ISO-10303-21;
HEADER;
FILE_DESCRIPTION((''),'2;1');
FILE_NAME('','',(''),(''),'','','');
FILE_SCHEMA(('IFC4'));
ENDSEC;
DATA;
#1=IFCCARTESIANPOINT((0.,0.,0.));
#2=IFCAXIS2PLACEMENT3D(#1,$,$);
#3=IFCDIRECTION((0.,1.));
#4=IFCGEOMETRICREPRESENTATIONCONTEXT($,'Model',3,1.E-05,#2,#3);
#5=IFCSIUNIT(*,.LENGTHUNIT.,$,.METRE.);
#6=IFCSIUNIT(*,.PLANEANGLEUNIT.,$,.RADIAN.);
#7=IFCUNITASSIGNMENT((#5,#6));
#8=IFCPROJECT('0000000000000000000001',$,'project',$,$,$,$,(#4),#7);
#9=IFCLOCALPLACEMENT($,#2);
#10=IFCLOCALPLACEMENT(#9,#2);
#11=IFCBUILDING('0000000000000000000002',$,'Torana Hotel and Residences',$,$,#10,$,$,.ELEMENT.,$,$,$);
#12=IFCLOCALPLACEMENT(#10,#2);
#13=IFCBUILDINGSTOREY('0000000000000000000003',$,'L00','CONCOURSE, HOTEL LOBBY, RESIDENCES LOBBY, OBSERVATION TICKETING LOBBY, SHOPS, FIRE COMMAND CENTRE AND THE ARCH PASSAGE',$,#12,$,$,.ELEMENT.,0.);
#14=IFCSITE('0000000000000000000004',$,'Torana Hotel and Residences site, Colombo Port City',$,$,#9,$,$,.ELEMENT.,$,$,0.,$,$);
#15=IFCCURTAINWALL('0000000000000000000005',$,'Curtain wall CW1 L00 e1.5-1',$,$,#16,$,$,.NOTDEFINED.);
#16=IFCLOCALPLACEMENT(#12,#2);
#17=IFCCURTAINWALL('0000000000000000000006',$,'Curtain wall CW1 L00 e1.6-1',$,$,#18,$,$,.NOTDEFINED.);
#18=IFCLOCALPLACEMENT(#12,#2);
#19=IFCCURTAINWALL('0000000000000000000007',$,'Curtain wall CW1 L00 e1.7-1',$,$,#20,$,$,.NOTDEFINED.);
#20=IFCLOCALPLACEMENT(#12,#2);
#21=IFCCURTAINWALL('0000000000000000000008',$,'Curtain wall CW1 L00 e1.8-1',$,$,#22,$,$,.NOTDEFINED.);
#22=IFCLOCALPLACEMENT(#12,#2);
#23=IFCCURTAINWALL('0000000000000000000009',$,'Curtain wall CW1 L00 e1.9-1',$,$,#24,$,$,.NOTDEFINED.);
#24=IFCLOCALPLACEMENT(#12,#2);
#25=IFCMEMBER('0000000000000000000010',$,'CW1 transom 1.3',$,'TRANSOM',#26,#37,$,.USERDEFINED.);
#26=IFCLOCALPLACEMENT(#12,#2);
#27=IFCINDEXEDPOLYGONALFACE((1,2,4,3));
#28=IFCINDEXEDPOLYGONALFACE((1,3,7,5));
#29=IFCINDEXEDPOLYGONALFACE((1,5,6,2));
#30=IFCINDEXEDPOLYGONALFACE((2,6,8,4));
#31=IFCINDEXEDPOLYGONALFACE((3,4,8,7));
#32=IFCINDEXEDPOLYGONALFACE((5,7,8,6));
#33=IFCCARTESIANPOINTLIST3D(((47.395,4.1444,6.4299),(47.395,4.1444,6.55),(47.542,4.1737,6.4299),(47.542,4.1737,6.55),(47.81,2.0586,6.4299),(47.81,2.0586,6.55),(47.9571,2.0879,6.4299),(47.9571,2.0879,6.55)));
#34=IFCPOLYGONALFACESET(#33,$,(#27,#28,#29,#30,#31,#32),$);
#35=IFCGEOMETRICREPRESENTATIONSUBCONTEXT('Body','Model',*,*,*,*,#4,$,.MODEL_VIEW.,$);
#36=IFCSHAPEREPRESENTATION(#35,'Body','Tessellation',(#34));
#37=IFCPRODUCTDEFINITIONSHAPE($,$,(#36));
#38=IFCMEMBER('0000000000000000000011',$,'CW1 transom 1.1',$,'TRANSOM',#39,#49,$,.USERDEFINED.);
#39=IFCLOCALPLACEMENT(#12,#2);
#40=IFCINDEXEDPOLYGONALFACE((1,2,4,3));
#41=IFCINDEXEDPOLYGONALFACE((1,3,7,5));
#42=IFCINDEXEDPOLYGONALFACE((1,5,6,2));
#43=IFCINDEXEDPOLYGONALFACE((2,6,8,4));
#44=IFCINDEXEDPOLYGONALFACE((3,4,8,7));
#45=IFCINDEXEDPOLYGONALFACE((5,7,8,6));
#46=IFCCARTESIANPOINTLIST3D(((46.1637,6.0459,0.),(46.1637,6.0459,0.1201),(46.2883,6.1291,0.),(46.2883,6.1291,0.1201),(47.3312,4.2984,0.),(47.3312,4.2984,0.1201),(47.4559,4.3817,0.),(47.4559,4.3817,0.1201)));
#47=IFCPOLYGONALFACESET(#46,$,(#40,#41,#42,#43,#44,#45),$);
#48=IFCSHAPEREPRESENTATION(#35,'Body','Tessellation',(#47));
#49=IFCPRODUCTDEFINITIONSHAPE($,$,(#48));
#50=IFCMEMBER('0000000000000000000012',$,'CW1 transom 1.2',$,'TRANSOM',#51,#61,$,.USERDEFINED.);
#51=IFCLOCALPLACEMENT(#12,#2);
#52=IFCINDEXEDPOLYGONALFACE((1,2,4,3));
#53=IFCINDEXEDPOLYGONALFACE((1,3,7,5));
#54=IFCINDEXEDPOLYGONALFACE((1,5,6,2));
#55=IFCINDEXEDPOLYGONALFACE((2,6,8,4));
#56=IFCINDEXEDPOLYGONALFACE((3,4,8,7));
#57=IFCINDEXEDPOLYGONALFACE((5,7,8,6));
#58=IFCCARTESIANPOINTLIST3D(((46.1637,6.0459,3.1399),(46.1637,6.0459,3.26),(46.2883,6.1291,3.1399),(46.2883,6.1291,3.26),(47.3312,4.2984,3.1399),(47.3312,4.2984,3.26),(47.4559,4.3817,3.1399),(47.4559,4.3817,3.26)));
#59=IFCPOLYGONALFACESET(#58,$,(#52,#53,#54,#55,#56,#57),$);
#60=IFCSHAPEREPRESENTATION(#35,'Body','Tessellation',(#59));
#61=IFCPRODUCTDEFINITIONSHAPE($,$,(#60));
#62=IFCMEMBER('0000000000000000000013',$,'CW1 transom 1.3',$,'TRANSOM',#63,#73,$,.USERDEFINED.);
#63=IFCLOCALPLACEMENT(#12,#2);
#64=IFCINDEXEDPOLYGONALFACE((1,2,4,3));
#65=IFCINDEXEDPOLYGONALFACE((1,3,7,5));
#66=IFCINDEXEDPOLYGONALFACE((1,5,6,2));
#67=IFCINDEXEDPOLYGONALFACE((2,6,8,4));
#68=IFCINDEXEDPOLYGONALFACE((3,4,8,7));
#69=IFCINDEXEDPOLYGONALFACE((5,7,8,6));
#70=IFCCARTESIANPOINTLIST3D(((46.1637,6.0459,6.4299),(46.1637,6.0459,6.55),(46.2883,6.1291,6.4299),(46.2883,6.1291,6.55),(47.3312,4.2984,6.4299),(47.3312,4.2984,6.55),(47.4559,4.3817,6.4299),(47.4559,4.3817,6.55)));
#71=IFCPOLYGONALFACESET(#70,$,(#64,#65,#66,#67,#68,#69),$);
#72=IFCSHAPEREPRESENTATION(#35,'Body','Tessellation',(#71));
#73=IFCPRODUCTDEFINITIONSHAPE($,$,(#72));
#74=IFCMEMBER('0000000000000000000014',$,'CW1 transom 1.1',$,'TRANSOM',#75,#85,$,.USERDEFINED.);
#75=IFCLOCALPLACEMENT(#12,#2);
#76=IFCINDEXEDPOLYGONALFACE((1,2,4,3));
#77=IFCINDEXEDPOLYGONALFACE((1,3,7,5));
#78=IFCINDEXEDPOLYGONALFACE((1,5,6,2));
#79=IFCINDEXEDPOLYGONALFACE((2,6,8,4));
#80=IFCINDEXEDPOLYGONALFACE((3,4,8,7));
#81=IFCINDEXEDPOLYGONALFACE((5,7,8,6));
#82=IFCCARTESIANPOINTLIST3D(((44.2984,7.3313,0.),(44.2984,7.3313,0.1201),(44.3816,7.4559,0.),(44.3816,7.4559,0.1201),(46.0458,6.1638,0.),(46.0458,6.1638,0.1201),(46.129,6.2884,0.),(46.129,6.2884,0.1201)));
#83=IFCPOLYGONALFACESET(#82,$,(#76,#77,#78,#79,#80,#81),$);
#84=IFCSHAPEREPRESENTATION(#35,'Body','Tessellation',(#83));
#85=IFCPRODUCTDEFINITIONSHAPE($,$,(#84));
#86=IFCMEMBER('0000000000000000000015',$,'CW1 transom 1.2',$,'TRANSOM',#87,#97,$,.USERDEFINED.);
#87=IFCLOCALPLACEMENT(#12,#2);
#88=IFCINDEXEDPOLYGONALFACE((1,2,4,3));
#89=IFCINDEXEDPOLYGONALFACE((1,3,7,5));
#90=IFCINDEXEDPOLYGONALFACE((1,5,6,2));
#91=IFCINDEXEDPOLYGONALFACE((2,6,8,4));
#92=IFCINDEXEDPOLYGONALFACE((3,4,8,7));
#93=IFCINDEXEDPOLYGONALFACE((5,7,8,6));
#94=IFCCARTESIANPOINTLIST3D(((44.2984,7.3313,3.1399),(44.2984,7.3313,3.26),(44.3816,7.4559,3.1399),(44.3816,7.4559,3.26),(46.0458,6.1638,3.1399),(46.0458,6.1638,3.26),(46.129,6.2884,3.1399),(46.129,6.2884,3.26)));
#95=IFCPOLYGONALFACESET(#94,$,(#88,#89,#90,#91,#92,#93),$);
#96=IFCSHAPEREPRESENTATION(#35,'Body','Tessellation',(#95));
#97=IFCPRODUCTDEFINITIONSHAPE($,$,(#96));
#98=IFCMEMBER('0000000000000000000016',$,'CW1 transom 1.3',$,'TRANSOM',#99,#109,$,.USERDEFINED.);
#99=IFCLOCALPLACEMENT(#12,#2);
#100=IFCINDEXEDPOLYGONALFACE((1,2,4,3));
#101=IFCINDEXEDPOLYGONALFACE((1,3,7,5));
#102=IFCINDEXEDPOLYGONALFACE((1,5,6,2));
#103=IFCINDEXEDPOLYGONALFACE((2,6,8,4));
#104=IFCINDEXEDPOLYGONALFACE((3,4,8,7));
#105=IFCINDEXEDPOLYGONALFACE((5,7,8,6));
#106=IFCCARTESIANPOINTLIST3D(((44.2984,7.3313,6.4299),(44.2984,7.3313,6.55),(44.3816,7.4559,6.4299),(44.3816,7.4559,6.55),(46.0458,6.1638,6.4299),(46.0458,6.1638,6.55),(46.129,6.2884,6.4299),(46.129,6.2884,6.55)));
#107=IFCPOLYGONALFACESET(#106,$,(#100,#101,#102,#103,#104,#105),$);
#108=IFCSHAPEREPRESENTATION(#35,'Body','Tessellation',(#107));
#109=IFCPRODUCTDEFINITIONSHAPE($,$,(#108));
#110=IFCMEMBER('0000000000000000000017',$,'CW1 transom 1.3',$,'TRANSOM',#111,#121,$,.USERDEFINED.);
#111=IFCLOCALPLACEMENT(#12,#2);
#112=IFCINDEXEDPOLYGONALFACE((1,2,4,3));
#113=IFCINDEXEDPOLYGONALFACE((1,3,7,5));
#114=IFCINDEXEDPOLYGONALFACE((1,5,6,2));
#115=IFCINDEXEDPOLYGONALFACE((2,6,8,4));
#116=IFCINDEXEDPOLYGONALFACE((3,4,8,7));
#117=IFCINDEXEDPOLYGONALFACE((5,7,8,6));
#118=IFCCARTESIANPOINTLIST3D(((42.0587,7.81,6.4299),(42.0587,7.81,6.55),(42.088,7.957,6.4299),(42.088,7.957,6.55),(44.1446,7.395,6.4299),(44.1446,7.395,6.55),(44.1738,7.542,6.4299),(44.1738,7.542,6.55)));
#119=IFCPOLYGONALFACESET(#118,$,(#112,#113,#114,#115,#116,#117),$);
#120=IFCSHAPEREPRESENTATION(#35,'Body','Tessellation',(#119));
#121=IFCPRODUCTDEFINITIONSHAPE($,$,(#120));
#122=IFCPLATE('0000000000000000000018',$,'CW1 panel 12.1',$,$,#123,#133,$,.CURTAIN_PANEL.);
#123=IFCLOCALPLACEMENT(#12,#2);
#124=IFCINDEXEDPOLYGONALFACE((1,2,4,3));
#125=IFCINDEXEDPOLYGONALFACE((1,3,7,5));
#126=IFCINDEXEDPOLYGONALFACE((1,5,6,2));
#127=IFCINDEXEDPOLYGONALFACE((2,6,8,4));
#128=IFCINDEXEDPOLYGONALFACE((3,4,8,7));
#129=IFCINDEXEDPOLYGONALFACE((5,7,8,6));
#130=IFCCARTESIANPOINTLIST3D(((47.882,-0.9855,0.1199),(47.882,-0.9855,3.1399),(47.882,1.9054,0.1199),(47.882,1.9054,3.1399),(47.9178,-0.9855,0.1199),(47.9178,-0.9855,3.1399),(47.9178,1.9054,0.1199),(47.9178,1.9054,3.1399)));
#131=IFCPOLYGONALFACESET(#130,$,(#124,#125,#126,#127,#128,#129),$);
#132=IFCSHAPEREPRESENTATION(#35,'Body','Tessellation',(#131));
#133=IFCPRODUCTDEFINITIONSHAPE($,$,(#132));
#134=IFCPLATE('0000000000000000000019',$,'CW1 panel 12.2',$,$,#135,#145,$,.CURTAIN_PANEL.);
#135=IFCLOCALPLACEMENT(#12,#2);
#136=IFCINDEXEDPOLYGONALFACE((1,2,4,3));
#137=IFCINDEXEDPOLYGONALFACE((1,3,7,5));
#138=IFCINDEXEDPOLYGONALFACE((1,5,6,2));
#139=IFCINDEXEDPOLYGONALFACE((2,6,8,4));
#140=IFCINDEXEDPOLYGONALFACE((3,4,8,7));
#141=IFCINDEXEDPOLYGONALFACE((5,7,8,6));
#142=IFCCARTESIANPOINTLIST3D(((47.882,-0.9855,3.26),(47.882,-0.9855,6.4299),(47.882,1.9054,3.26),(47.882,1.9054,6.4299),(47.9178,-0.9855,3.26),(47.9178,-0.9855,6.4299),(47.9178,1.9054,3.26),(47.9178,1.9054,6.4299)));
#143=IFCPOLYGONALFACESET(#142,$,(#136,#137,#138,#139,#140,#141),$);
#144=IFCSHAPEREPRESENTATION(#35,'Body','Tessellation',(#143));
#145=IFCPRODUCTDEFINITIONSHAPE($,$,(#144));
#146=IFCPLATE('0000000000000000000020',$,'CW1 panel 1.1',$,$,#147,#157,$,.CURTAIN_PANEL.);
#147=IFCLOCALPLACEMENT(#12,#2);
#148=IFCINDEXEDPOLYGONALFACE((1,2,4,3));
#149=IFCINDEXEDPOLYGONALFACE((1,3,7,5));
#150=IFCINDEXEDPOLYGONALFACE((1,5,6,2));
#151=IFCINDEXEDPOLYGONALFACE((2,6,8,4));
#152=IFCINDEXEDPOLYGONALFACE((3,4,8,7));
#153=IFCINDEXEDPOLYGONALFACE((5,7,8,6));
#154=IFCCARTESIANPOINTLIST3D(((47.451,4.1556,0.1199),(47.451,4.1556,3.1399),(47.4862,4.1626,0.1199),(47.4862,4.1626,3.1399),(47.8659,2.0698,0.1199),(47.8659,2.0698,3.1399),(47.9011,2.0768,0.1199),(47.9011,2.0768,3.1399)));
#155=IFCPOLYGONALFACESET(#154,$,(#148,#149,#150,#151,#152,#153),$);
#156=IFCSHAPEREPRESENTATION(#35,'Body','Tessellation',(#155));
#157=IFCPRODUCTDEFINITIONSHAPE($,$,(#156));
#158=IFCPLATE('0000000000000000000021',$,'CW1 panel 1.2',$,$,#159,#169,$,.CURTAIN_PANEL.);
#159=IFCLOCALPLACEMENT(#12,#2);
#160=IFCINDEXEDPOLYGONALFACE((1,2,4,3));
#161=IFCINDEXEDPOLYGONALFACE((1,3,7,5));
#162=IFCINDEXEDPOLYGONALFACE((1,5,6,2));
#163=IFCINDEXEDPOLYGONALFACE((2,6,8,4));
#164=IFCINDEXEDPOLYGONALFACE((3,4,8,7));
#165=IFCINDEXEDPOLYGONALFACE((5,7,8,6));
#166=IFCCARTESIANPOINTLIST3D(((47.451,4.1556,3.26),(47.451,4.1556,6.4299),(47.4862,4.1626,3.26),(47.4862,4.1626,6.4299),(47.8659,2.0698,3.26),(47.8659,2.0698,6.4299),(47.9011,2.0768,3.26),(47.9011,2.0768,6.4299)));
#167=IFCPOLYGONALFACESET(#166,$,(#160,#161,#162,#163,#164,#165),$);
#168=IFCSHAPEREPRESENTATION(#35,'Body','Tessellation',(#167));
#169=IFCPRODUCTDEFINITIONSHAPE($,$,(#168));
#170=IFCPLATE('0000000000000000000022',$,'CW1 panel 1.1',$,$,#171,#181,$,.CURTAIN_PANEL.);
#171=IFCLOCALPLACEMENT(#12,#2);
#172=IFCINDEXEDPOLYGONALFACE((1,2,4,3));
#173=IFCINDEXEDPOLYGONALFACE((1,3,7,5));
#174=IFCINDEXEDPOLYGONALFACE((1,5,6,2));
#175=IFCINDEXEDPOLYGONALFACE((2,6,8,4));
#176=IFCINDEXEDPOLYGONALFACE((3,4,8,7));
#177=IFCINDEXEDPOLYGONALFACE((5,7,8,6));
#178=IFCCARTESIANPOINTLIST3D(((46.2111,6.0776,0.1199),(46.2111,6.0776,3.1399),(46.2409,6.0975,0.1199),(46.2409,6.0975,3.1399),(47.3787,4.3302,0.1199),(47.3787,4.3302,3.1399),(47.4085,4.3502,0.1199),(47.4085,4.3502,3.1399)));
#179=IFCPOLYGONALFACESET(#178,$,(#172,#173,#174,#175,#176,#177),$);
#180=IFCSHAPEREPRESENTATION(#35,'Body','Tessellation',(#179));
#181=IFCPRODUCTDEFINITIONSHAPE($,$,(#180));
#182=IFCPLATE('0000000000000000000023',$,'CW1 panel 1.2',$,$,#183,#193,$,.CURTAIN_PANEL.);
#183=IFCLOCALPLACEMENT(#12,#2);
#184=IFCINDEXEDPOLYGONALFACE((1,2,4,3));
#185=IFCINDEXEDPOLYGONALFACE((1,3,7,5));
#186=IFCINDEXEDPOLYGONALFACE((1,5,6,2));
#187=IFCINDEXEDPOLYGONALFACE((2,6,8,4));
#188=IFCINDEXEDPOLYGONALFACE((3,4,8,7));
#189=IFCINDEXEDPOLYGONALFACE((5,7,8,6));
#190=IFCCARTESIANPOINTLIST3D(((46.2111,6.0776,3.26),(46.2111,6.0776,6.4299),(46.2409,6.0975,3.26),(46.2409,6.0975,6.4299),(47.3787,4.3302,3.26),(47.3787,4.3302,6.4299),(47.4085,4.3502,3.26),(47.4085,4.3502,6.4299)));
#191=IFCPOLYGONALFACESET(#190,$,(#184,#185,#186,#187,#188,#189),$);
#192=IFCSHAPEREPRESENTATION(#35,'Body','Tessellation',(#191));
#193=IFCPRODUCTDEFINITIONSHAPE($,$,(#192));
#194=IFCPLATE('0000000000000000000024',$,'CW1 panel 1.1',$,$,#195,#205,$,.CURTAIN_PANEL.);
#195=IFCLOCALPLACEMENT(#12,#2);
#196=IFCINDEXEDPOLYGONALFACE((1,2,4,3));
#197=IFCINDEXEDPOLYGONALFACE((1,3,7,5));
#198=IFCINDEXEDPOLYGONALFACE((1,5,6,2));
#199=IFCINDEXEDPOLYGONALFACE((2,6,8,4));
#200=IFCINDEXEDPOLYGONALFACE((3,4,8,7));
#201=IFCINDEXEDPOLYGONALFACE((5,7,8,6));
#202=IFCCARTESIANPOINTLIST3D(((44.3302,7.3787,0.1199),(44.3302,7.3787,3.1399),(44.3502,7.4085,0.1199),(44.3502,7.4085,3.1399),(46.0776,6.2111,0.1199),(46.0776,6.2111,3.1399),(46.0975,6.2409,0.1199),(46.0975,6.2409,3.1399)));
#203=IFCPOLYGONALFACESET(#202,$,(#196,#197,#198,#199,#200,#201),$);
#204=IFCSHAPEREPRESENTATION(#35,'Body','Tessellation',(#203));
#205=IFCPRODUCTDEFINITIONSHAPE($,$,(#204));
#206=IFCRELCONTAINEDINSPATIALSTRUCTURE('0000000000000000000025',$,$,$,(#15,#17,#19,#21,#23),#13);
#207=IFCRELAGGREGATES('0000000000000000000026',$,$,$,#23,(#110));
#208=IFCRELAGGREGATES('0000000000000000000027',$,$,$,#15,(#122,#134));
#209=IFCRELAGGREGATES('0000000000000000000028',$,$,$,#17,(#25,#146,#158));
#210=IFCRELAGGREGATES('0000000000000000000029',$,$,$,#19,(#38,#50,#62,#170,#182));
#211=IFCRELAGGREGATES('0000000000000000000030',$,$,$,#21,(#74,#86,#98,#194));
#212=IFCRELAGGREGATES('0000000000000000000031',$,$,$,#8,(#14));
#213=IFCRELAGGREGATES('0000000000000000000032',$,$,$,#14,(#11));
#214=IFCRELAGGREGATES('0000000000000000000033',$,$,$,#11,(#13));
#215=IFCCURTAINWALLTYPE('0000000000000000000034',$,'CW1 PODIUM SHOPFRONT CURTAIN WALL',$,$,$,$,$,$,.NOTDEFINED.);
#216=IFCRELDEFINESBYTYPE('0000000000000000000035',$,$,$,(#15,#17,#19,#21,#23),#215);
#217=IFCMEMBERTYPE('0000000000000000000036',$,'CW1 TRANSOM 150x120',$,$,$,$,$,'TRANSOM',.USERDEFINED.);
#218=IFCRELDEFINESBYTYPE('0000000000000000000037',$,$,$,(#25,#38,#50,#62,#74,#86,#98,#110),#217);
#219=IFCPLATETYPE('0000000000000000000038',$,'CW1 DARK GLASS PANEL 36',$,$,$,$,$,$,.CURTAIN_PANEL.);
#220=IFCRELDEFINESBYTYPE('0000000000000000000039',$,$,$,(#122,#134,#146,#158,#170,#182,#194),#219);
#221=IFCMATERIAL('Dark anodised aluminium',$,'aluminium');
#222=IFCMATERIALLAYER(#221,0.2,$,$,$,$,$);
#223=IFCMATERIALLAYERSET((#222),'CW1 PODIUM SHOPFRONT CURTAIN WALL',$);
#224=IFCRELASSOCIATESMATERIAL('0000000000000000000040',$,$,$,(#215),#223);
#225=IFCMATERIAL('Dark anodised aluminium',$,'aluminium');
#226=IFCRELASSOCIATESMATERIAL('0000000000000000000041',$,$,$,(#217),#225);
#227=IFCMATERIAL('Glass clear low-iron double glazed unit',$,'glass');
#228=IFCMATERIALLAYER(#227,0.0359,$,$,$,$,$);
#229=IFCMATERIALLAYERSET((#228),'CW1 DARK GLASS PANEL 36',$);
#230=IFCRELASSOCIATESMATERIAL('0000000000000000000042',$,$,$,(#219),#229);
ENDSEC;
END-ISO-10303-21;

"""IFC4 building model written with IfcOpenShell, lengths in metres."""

from ifc_helpers import new_model, si_unit, direction, frame, origin, origin_2d, place, context, subcontext, project, spatial, rectangle, extrude, material, layer, layer_set, material_profile, profile_set, type_object, element, aggregate, save


model = new_model("IFC4")

# Units and contexts
model_context = context("Model", 3, precision=1e-05, world=origin(), true_north=direction((0.0, 1.0)))
body_context = subcontext(model_context, "Body", "Model", "MODEL_VIEW")
ifc_project = project(units=[si_unit("LENGTHUNIT", "METRE"), si_unit("PLANEANGLEUNIT", "RADIAN")], contexts=[model_context])

# Site, building, storey
site_placement = place(None, origin())
site = spatial("IfcSite", under=ifc_project, at=site_placement, Name="Torana Hotel and Residences site, Colombo Port City", CompositionType="ELEMENT", RefElevation=0.0)
building_placement = place(site_placement, origin())
building = spatial("IfcBuilding", under=site, at=building_placement, Name="Torana Hotel and Residences", CompositionType="ELEMENT")
storey_placement = place(building_placement, origin())
storey = spatial("IfcBuildingStorey", under=building, at=storey_placement, Name="L00", Description="CONCOURSE, HOTEL LOBBY, RESIDENCES LOBBY, OBSERVATION TICKETING LOBBY, SHOPS, FIRE COMMAND CENTRE AND THE ARCH PASSAGE", CompositionType="ELEMENT", Elevation=0.0)

# Curtain wall
ifc_material_1 = material(Name="Dark anodised aluminium", Category="aluminium")
ifc_layer_1 = layer(ifc_material_1, 0.2)
ifc_layer_set_1 = layer_set([ifc_layer_1], Name="CW1 PODIUM SHOPFRONT CURTAIN WALL")
curtain_wall_type = type_object("IfcCurtainWallType", Name="CW1 PODIUM SHOPFRONT CURTAIN WALL", PredefinedType="NOTDEFINED", material=ifc_layer_set_1)
curtain_wall_1_placement = place(storey_placement, origin())
curtain_wall_1 = element("IfcCurtainWall", 1, at=curtain_wall_1_placement, inside=storey, type_object=curtain_wall_type, Name="Curtain wall CW1 L00 e1.5-1", PredefinedType="NOTDEFINED")

# Curtain walls
curtain_wall_2_placement = place(storey_placement, origin())
curtain_wall_2 = element("IfcCurtainWall", 2, at=curtain_wall_2_placement, inside=storey, type_object=curtain_wall_type, Name="Curtain wall CW1 L00 e1.6-1", PredefinedType="NOTDEFINED")
curtain_wall_3_placement = place(storey_placement, origin())
curtain_wall_3 = element("IfcCurtainWall", 3, at=curtain_wall_3_placement, inside=storey, type_object=curtain_wall_type, Name="Curtain wall CW1 L00 e1.7-1", PredefinedType="NOTDEFINED")
curtain_wall_4_placement = place(storey_placement, origin())
curtain_wall_4 = element("IfcCurtainWall", 4, at=curtain_wall_4_placement, inside=storey, type_object=curtain_wall_type, Name="Curtain wall CW1 L00 e1.8-1", PredefinedType="NOTDEFINED")

# Curtain wall
curtain_wall_5_placement = place(storey_placement, origin())
curtain_wall_5 = element("IfcCurtainWall", 5, at=curtain_wall_5_placement, inside=storey, type_object=curtain_wall_type, Name="Curtain wall CW1 L00 e1.9-1", PredefinedType="NOTDEFINED")

# Members
ifc_material_2 = material(Name="Dark anodised aluminium", Category="aluminium")
ifc_material_profile_1 = material_profile(ifc_material_2, rectangle(XDim=0.1499, YDim=0.1201, at=origin_2d()), Name="CW1 TRANSOM 150x120")
ifc_profile_set_1 = profile_set([ifc_material_profile_1], Name="Dark anodised aluminium")
member_type_1 = type_object("IfcMemberType", Name="CW1 TRANSOM 150x120", ElementType="TRANSOM", PredefinedType="USERDEFINED", material=ifc_profile_set_1)
member_1_placement = place(storey_placement, frame((47.8835, 2.0732, 6.49), z_axis=(-0.195145, 0.980774, 0.0), x_axis=(-0.980774, -0.195145, 0.0)))
member_1 = element("IfcMember", 6, at=member_1_placement, type_object=member_type_1, Name="CW1 transom 1.3", ObjectType="TRANSOM", PredefinedType="USERDEFINED", context=body_context, shape_type="SweptSolid", body=[
    extrude(rectangle(XDim=0.1499, YDim=0.1201, at=origin_2d()), origin(), (0.0, 0.0, 1.0), 2.1267),
])
member_2_placement = place(storey_placement, frame((47.3936, 4.3401, 0.0601), z_axis=(-0.555558, 0.831478, 0.0), x_axis=(-0.831478, -0.555558, 0.0)))
member_2 = element("IfcMember", 7, at=member_2_placement, type_object=member_type_1, Name="CW1 transom 1.1", ObjectType="TRANSOM", PredefinedType="USERDEFINED", context=body_context, shape_type="SweptSolid", body=[
    extrude(rectangle(XDim=0.1499, YDim=0.1201, at=origin_2d()), origin(), (0.0, 0.0, 1.0), 2.1016),
])
member_3_placement = place(storey_placement, frame((47.3936, 4.3401, 3.2), z_axis=(-0.555558, 0.831478, 0.0), x_axis=(-0.831478, -0.555558, 0.0)))
member_3 = element("IfcMember", 8, at=member_3_placement, type_object=member_type_1, Name="CW1 transom 1.2", ObjectType="TRANSOM", PredefinedType="USERDEFINED", context=body_context, shape_type="SweptSolid", body=[
    extrude(rectangle(XDim=0.1499, YDim=0.1201, at=origin_2d()), origin(), (0.0, 0.0, 1.0), 2.1016),
])
member_4_placement = place(storey_placement, frame((47.3936, 4.3401, 6.49), z_axis=(-0.555558, 0.831478, 0.0), x_axis=(-0.831478, -0.555558, 0.0)))
member_4 = element("IfcMember", 9, at=member_4_placement, type_object=member_type_1, Name="CW1 transom 1.3", ObjectType="TRANSOM", PredefinedType="USERDEFINED", context=body_context, shape_type="SweptSolid", body=[
    extrude(rectangle(XDim=0.1499, YDim=0.1201, at=origin_2d()), origin(), (0.0, 0.0, 1.0), 2.1016),
])
member_5_placement = place(storey_placement, frame((46.0874, 6.2261, 0.0601), z_axis=(-0.831478, 0.555558, 0.0), x_axis=(-0.555558, -0.831478, 0.0)))
member_5 = element("IfcMember", 10, at=member_5_placement, type_object=member_type_1, Name="CW1 transom 1.1", ObjectType="TRANSOM", PredefinedType="USERDEFINED", context=body_context, shape_type="SweptSolid", body=[
    extrude(rectangle(XDim=0.1499, YDim=0.1201, at=origin_2d()), origin(), (0.0, 0.0, 1.0), 2.1016),
])
member_6_placement = place(storey_placement, frame((46.0874, 6.2261, 3.2), z_axis=(-0.831478, 0.555558, 0.0), x_axis=(-0.555558, -0.831478, 0.0)))
member_6 = element("IfcMember", 11, at=member_6_placement, type_object=member_type_1, Name="CW1 transom 1.2", ObjectType="TRANSOM", PredefinedType="USERDEFINED", context=body_context, shape_type="SweptSolid", body=[
    extrude(rectangle(XDim=0.1499, YDim=0.1201, at=origin_2d()), origin(), (0.0, 0.0, 1.0), 2.1016),
])
member_7_placement = place(storey_placement, frame((46.0874, 6.2261, 6.49), z_axis=(-0.831478, 0.555558, 0.0), x_axis=(-0.555558, -0.831478, 0.0)))
member_7 = element("IfcMember", 12, at=member_7_placement, type_object=member_type_1, Name="CW1 transom 1.3", ObjectType="TRANSOM", PredefinedType="USERDEFINED", context=body_context, shape_type="SweptSolid", body=[
    extrude(rectangle(XDim=0.1499, YDim=0.1201, at=origin_2d()), origin(), (0.0, 0.0, 1.0), 2.1016),
])
member_8_placement = place(storey_placement, frame((44.1592, 7.4685, 6.49), z_axis=(-0.980774, 0.195145, 0.0), x_axis=(-0.195145, -0.980774, 0.0)))
member_8 = element("IfcMember", 13, at=member_8_placement, type_object=member_type_1, Name="CW1 transom 1.3", ObjectType="TRANSOM", PredefinedType="USERDEFINED", context=body_context, shape_type="SweptSolid", body=[
    extrude(rectangle(XDim=0.1499, YDim=0.1201, at=origin_2d()), origin(), (0.0, 0.0, 1.0), 2.1267),
])
aggregate(curtain_wall_5, [member_8])

# Plates
ifc_material_3 = material(Name="Glass clear low-iron double glazed unit", Category="glass")
ifc_layer_2 = layer(ifc_material_3, 0.0359)
ifc_layer_set_2 = layer_set([ifc_layer_2], Name="CW1 DARK GLASS PANEL 36")
plate_type = type_object("IfcPlateType", Name="CW1 DARK GLASS PANEL 36", PredefinedType="CURTAIN_PANEL", material=ifc_layer_set_2)
plate_1_placement = place(storey_placement, frame((47.8999, 0.46, 0.1199), z_axis=(0.0, 0.0, 1.0), x_axis=(0.0, 1.0, 0.0)))
plate_1 = element("IfcPlate", 14, at=plate_1_placement, type_object=plate_type, Name="CW1 panel 12.1", PredefinedType="CURTAIN_PANEL", context=body_context, shape_type="SweptSolid", body=[
    extrude(rectangle(XDim=2.8909, YDim=0.0359, at=origin_2d()), origin(), (0.0, 0.0, 1.0), 3.02),
])
plate_2_placement = place(storey_placement, frame((47.8999, 0.46, 3.26), z_axis=(0.0, 0.0, 1.0), x_axis=(0.0, 1.0, 0.0)))
plate_2 = element("IfcPlate", 15, at=plate_2_placement, type_object=plate_type, Name="CW1 panel 12.2", PredefinedType="CURTAIN_PANEL", context=body_context, shape_type="SweptSolid", body=[
    extrude(rectangle(XDim=2.8909, YDim=0.0359, at=origin_2d()), origin(), (0.0, 0.0, 1.0), 3.1699),
])
aggregate(curtain_wall_1, [plate_1, plate_2])
plate_3_placement = place(storey_placement, frame((47.676, 3.1162, 0.1199), z_axis=(0.0, 0.0, 1.0), x_axis=(-0.195081, 0.980787, 0.0)))
plate_3 = element("IfcPlate", 16, at=plate_3_placement, type_object=plate_type, Name="CW1 panel 1.1", PredefinedType="CURTAIN_PANEL", context=body_context, shape_type="SweptSolid", body=[
    extrude(rectangle(XDim=2.1267, YDim=0.0359, at=origin_2d()), origin(), (0.0, 0.0, 1.0), 3.02),
])
plate_4_placement = place(storey_placement, frame((47.676, 3.1162, 3.26), z_axis=(0.0, 0.0, 1.0), x_axis=(-0.195081, 0.980787, 0.0)))
plate_4 = element("IfcPlate", 17, at=plate_4_placement, type_object=plate_type, Name="CW1 panel 1.2", PredefinedType="CURTAIN_PANEL", context=body_context, shape_type="SweptSolid", body=[
    extrude(rectangle(XDim=2.1267, YDim=0.0359, at=origin_2d()), origin(), (0.0, 0.0, 1.0), 3.1699),
])
aggregate(curtain_wall_2, [member_1, plate_3, plate_4])
plate_5_placement = place(storey_placement, frame((46.8098, 5.2139, 0.1199), z_axis=(0.0, 0.0, 1.0), x_axis=(-0.555585, 0.83146, 0.0)))
plate_5 = element("IfcPlate", 18, at=plate_5_placement, type_object=plate_type, Name="CW1 panel 1.1", PredefinedType="CURTAIN_PANEL", context=body_context, shape_type="SweptSolid", body=[
    extrude(rectangle(XDim=2.1016, YDim=0.0359, at=origin_2d()), origin(), (0.0, 0.0, 1.0), 3.02),
])
plate_6_placement = place(storey_placement, frame((46.8098, 5.2139, 3.26), z_axis=(0.0, 0.0, 1.0), x_axis=(-0.555585, 0.83146, 0.0)))
plate_6 = element("IfcPlate", 19, at=plate_6_placement, type_object=plate_type, Name="CW1 panel 1.2", PredefinedType="CURTAIN_PANEL", context=body_context, shape_type="SweptSolid", body=[
    extrude(rectangle(XDim=2.1016, YDim=0.0359, at=origin_2d()), origin(), (0.0, 0.0, 1.0), 3.1699),
])
aggregate(curtain_wall_3, [member_2, member_3, member_4, plate_5, plate_6])
plate_7_placement = place(storey_placement, frame((45.2139, 6.8098, 0.1199), z_axis=(0.0, 0.0, 1.0), x_axis=(-0.83146, 0.555585, 0.0)))
plate_7 = element("IfcPlate", 20, at=plate_7_placement, type_object=plate_type, Name="CW1 panel 1.1", PredefinedType="CURTAIN_PANEL", context=body_context, shape_type="SweptSolid", body=[
    extrude(rectangle(XDim=2.1016, YDim=0.0359, at=origin_2d()), origin(), (0.0, 0.0, 1.0), 3.02),
])
aggregate(curtain_wall_4, [member_5, member_6, member_7, plate_7])

save(model, "model.ifc")
